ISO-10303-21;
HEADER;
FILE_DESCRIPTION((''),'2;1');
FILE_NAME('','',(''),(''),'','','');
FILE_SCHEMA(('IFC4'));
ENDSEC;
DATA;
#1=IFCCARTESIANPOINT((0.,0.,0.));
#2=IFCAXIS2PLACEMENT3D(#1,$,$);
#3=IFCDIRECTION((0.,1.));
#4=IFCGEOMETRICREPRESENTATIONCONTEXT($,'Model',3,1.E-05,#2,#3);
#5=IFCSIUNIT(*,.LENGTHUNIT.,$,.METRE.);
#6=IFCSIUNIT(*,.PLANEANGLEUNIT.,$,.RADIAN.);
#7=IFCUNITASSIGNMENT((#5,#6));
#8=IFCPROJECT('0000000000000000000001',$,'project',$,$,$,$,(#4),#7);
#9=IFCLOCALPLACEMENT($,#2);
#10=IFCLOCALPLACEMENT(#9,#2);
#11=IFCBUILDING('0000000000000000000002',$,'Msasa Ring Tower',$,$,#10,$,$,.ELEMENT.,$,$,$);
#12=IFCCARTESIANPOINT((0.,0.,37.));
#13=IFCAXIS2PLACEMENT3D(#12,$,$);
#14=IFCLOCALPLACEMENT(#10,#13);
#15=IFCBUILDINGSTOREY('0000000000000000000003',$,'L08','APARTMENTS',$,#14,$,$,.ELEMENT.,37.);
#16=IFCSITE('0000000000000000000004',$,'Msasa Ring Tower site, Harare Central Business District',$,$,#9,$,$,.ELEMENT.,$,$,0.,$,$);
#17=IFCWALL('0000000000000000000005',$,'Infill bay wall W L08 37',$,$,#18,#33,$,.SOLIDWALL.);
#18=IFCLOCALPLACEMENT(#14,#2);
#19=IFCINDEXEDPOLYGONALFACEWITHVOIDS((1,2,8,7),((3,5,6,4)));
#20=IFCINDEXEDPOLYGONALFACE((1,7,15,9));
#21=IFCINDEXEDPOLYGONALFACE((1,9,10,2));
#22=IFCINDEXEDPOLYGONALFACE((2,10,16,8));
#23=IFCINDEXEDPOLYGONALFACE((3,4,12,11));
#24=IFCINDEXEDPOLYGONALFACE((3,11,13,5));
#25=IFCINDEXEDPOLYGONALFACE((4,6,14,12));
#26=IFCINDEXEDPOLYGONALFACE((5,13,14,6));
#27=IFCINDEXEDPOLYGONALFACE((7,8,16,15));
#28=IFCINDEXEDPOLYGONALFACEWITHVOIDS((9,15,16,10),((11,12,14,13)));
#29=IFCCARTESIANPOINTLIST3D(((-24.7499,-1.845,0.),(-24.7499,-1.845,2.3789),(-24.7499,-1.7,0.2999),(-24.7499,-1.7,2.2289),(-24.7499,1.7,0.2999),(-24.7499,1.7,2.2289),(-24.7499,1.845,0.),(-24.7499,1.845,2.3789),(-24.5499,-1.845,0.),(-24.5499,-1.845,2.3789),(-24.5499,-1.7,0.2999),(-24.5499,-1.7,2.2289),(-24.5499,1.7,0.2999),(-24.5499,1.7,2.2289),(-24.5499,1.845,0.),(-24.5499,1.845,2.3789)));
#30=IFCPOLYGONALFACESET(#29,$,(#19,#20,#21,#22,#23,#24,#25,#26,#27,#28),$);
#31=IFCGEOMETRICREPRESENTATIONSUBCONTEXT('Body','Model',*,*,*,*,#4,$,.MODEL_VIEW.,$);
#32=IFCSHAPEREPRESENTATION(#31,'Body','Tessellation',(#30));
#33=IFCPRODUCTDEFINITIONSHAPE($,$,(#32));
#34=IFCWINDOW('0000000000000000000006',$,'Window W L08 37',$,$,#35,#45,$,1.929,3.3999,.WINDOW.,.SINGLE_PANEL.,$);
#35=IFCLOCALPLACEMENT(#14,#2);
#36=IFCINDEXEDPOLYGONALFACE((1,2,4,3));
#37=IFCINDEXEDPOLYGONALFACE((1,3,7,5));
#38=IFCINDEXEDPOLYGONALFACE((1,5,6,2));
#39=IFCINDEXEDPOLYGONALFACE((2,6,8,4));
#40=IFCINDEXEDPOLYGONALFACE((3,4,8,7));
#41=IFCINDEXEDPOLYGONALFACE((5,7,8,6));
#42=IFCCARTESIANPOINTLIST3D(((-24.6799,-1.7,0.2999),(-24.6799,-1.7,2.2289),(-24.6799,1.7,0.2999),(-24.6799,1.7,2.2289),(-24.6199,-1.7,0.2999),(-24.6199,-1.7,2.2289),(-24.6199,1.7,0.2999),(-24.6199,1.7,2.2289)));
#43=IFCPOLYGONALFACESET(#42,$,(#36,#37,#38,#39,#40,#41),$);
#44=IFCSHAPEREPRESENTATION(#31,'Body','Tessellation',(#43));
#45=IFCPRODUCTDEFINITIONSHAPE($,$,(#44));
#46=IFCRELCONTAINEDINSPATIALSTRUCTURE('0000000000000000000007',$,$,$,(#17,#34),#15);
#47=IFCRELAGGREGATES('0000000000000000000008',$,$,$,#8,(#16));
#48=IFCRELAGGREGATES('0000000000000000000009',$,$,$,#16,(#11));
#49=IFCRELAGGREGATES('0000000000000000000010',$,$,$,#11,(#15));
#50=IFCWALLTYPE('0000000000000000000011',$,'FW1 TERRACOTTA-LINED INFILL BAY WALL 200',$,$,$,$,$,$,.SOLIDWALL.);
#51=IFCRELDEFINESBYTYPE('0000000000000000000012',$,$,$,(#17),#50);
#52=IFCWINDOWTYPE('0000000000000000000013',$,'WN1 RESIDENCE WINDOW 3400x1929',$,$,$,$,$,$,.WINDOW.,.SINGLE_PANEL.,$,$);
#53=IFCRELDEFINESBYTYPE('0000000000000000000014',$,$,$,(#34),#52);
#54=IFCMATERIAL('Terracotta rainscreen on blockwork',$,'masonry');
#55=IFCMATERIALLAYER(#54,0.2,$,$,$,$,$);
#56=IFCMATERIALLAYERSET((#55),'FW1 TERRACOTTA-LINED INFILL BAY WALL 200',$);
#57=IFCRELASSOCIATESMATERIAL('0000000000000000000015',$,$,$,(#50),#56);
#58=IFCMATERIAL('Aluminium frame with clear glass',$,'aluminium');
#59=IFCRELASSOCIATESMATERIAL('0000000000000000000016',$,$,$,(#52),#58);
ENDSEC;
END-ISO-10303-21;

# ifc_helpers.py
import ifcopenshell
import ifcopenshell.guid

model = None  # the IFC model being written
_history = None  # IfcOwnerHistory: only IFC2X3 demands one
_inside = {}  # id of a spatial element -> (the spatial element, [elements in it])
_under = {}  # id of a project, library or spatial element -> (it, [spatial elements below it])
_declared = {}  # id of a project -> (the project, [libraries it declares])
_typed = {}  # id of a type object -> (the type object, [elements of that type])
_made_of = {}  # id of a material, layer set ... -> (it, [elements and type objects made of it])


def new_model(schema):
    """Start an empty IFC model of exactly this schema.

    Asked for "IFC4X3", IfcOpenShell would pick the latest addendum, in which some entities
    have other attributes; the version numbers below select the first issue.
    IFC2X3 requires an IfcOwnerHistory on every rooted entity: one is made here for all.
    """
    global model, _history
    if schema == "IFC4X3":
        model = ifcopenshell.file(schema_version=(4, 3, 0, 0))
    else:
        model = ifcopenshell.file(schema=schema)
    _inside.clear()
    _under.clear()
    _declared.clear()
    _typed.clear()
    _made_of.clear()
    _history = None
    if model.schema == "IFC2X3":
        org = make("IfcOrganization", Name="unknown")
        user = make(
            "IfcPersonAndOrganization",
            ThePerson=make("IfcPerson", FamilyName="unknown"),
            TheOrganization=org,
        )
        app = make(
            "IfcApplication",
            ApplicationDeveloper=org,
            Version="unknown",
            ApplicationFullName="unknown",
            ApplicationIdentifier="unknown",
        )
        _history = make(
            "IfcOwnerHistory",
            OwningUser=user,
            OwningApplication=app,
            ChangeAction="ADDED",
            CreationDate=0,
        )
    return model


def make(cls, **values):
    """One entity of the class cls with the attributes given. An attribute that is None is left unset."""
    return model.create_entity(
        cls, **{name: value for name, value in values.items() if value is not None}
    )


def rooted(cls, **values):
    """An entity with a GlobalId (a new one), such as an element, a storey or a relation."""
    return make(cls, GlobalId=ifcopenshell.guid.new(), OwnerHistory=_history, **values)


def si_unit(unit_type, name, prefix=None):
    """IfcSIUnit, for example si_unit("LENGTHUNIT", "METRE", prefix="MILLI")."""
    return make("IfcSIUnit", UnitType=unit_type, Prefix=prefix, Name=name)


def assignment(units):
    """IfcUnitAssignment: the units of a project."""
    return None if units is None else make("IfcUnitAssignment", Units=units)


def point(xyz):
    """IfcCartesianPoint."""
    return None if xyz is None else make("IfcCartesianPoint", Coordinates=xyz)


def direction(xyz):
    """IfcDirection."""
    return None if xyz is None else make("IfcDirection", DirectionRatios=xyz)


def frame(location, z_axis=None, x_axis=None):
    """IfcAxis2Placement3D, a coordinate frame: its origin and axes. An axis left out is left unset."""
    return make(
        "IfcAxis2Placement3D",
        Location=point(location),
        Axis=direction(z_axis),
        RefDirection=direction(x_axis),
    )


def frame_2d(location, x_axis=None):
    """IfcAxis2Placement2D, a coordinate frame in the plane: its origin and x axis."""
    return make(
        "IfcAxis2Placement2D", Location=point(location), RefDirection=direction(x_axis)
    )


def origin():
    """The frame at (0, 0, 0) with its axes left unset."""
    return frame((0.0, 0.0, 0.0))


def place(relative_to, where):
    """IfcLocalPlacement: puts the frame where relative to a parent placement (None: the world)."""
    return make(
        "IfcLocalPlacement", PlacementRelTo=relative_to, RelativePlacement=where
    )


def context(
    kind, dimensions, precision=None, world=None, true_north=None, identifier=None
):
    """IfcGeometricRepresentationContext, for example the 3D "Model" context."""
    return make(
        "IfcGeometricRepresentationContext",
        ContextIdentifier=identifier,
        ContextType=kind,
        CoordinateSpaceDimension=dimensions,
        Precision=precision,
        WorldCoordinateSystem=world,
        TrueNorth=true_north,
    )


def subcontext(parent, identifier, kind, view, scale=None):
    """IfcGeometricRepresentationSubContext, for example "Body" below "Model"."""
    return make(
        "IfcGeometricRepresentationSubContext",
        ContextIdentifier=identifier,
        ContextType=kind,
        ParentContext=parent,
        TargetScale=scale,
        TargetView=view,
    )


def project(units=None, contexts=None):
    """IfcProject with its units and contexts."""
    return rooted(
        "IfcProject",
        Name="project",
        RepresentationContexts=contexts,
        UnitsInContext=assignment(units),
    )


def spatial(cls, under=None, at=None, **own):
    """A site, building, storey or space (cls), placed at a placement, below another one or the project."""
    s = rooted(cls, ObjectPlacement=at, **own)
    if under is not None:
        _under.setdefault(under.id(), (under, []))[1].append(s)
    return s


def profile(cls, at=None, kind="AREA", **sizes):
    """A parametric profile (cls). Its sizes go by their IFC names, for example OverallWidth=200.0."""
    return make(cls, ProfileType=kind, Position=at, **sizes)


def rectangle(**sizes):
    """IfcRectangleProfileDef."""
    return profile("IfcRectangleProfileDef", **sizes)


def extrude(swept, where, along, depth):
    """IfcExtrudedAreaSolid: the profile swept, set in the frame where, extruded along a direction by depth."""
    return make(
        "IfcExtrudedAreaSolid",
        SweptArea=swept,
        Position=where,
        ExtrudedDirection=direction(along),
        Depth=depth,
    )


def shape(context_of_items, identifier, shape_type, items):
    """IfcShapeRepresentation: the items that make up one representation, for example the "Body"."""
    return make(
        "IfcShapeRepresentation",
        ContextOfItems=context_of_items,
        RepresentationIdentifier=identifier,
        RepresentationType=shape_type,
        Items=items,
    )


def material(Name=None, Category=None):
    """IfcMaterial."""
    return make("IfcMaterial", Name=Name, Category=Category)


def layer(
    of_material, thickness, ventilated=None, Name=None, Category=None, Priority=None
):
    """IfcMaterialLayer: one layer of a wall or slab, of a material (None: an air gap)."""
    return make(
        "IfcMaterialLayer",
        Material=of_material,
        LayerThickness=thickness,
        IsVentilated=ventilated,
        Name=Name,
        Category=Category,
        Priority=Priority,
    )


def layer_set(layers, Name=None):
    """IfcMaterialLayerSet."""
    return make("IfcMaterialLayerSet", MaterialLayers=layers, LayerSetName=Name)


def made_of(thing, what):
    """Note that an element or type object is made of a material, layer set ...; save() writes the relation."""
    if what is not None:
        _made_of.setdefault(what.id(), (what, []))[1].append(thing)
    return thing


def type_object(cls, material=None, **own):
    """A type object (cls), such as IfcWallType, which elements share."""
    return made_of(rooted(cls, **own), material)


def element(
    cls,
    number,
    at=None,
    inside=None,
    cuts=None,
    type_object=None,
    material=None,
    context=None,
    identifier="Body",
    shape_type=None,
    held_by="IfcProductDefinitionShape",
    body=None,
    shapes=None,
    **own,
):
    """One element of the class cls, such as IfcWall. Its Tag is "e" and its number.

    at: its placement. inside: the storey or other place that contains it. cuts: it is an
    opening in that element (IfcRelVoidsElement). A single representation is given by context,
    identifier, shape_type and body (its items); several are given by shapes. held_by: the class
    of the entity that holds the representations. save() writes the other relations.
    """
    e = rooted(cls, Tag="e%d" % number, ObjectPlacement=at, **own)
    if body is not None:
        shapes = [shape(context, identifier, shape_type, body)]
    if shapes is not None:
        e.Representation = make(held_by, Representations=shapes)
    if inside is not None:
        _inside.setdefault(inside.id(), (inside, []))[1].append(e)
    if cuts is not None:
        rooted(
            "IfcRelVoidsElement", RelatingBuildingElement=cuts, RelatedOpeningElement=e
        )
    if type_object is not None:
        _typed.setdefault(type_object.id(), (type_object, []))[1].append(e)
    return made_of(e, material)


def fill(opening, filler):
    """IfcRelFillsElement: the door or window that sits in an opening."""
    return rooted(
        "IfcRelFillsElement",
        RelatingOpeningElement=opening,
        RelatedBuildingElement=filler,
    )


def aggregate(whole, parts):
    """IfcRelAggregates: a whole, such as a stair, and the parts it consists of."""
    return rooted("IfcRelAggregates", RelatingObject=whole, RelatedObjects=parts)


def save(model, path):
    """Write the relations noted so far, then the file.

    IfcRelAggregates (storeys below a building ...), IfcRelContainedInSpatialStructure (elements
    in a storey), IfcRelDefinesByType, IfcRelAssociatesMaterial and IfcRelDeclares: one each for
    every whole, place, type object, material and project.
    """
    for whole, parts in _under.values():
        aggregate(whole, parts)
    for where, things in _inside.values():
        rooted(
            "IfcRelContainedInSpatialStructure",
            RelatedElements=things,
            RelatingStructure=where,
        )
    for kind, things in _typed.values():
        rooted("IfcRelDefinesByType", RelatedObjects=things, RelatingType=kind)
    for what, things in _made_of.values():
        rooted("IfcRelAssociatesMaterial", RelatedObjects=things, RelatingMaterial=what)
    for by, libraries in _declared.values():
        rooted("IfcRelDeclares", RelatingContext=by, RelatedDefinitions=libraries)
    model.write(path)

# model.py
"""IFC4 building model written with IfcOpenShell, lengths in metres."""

from ifc_helpers import new_model, si_unit, direction, frame, frame_2d, origin, place, context, subcontext, project, spatial, rectangle, extrude, material, layer, layer_set, type_object, element, fill, save


model = new_model("IFC4")

# Units and contexts
model_context = context("Model", 3, precision=1e-05, world=origin(), true_north=direction((0.0, 1.0)))
body_context = subcontext(model_context, "Body", "Model", "MODEL_VIEW")
ifc_project = project(units=[si_unit("LENGTHUNIT", "METRE"), si_unit("PLANEANGLEUNIT", "RADIAN")], contexts=[model_context])

# Site, building, storey
site_placement = place(None, origin())
site = spatial("IfcSite", under=ifc_project, at=site_placement, Name="Msasa Ring Tower site, Harare Central Business District", CompositionType="ELEMENT", RefElevation=0.0)
building_placement = place(site_placement, origin())
building = spatial("IfcBuilding", under=site, at=building_placement, Name="Msasa Ring Tower", CompositionType="ELEMENT")
storey_placement = place(building_placement, frame((0.0, 0.0, 37.0)))
storey = spatial("IfcBuildingStorey", under=building, at=storey_placement, Name="L08", Description="APARTMENTS", CompositionType="ELEMENT", Elevation=37.0)

# Wall, opening, window
ifc_material_1 = material(Name="Terracotta rainscreen on blockwork", Category="masonry")
ifc_layer_1 = layer(ifc_material_1, 0.2)
ifc_layer_set_1 = layer_set([ifc_layer_1], Name="FW1 TERRACOTTA-LINED INFILL BAY WALL 200")
wall_type_1 = type_object("IfcWallType", Name="FW1 TERRACOTTA-LINED INFILL BAY WALL 200", PredefinedType="SOLIDWALL", material=ifc_layer_set_1)
ifc_material_2 = material(Name="Aluminium frame with clear glass", Category="aluminium")
window_type = type_object("IfcWindowType", Name="WN1 RESIDENCE WINDOW 3400x1929", PartitioningType="SINGLE_PANEL", PredefinedType="WINDOW", material=ifc_material_2)
wall_1_placement = place(storey_placement, frame((-24.6499, -1.845, 0.0), z_axis=(0.0, 0.0, 1.0), x_axis=(0.0, 1.0, 0.0)))
wall_1 = element("IfcWall", 1, at=wall_1_placement, inside=storey, type_object=wall_type_1, Name="Infill bay wall W L08 37", PredefinedType="SOLIDWALL", context=body_context, shape_type="SweptSolid", body=[
    extrude(rectangle(XDim=3.6899, YDim=0.2, at=frame_2d((1.845, 0.0))), origin(), (0.0, 0.0, 1.0), 2.3789),
])
opening_1_placement = place(wall_1_placement, frame((0.145, 0.0, 0.3)))
opening_1 = element("IfcOpeningElement", 2, at=opening_1_placement, cuts=wall_1, PredefinedType="OPENING", context=body_context, shape_type="SweptSolid", body=[
    extrude(rectangle(XDim=3.3999, YDim=1.929, at=frame_2d((1.7, 0.9644))), frame((0.0, 0.1099, 0.0), z_axis=(0.0, -1.0, 0.0), x_axis=(1.0, 0.0, 0.0)), (0.0, 0.0, 1.0), 0.22),
])
window_1_placement = place(opening_1_placement, origin())
window_1 = element("IfcWindow", 3, at=window_1_placement, inside=storey, type_object=window_type, Name="Window W L08 37", OverallHeight=1.929, OverallWidth=3.3999, PartitioningType="SINGLE_PANEL", PredefinedType="WINDOW", context=body_context, shape_type="SweptSolid", body=[
    extrude(rectangle(XDim=3.3999, YDim=1.929, at=frame_2d((1.7, 0.9644))), frame((0.0, 0.03, 0.0), z_axis=(0.0, -1.0, 0.0), x_axis=(1.0, 0.0, 0.0)), (0.0, 0.0, 1.0), 0.0601),
])
fill(opening_1, window_1)

save(model, "model.ifc")
